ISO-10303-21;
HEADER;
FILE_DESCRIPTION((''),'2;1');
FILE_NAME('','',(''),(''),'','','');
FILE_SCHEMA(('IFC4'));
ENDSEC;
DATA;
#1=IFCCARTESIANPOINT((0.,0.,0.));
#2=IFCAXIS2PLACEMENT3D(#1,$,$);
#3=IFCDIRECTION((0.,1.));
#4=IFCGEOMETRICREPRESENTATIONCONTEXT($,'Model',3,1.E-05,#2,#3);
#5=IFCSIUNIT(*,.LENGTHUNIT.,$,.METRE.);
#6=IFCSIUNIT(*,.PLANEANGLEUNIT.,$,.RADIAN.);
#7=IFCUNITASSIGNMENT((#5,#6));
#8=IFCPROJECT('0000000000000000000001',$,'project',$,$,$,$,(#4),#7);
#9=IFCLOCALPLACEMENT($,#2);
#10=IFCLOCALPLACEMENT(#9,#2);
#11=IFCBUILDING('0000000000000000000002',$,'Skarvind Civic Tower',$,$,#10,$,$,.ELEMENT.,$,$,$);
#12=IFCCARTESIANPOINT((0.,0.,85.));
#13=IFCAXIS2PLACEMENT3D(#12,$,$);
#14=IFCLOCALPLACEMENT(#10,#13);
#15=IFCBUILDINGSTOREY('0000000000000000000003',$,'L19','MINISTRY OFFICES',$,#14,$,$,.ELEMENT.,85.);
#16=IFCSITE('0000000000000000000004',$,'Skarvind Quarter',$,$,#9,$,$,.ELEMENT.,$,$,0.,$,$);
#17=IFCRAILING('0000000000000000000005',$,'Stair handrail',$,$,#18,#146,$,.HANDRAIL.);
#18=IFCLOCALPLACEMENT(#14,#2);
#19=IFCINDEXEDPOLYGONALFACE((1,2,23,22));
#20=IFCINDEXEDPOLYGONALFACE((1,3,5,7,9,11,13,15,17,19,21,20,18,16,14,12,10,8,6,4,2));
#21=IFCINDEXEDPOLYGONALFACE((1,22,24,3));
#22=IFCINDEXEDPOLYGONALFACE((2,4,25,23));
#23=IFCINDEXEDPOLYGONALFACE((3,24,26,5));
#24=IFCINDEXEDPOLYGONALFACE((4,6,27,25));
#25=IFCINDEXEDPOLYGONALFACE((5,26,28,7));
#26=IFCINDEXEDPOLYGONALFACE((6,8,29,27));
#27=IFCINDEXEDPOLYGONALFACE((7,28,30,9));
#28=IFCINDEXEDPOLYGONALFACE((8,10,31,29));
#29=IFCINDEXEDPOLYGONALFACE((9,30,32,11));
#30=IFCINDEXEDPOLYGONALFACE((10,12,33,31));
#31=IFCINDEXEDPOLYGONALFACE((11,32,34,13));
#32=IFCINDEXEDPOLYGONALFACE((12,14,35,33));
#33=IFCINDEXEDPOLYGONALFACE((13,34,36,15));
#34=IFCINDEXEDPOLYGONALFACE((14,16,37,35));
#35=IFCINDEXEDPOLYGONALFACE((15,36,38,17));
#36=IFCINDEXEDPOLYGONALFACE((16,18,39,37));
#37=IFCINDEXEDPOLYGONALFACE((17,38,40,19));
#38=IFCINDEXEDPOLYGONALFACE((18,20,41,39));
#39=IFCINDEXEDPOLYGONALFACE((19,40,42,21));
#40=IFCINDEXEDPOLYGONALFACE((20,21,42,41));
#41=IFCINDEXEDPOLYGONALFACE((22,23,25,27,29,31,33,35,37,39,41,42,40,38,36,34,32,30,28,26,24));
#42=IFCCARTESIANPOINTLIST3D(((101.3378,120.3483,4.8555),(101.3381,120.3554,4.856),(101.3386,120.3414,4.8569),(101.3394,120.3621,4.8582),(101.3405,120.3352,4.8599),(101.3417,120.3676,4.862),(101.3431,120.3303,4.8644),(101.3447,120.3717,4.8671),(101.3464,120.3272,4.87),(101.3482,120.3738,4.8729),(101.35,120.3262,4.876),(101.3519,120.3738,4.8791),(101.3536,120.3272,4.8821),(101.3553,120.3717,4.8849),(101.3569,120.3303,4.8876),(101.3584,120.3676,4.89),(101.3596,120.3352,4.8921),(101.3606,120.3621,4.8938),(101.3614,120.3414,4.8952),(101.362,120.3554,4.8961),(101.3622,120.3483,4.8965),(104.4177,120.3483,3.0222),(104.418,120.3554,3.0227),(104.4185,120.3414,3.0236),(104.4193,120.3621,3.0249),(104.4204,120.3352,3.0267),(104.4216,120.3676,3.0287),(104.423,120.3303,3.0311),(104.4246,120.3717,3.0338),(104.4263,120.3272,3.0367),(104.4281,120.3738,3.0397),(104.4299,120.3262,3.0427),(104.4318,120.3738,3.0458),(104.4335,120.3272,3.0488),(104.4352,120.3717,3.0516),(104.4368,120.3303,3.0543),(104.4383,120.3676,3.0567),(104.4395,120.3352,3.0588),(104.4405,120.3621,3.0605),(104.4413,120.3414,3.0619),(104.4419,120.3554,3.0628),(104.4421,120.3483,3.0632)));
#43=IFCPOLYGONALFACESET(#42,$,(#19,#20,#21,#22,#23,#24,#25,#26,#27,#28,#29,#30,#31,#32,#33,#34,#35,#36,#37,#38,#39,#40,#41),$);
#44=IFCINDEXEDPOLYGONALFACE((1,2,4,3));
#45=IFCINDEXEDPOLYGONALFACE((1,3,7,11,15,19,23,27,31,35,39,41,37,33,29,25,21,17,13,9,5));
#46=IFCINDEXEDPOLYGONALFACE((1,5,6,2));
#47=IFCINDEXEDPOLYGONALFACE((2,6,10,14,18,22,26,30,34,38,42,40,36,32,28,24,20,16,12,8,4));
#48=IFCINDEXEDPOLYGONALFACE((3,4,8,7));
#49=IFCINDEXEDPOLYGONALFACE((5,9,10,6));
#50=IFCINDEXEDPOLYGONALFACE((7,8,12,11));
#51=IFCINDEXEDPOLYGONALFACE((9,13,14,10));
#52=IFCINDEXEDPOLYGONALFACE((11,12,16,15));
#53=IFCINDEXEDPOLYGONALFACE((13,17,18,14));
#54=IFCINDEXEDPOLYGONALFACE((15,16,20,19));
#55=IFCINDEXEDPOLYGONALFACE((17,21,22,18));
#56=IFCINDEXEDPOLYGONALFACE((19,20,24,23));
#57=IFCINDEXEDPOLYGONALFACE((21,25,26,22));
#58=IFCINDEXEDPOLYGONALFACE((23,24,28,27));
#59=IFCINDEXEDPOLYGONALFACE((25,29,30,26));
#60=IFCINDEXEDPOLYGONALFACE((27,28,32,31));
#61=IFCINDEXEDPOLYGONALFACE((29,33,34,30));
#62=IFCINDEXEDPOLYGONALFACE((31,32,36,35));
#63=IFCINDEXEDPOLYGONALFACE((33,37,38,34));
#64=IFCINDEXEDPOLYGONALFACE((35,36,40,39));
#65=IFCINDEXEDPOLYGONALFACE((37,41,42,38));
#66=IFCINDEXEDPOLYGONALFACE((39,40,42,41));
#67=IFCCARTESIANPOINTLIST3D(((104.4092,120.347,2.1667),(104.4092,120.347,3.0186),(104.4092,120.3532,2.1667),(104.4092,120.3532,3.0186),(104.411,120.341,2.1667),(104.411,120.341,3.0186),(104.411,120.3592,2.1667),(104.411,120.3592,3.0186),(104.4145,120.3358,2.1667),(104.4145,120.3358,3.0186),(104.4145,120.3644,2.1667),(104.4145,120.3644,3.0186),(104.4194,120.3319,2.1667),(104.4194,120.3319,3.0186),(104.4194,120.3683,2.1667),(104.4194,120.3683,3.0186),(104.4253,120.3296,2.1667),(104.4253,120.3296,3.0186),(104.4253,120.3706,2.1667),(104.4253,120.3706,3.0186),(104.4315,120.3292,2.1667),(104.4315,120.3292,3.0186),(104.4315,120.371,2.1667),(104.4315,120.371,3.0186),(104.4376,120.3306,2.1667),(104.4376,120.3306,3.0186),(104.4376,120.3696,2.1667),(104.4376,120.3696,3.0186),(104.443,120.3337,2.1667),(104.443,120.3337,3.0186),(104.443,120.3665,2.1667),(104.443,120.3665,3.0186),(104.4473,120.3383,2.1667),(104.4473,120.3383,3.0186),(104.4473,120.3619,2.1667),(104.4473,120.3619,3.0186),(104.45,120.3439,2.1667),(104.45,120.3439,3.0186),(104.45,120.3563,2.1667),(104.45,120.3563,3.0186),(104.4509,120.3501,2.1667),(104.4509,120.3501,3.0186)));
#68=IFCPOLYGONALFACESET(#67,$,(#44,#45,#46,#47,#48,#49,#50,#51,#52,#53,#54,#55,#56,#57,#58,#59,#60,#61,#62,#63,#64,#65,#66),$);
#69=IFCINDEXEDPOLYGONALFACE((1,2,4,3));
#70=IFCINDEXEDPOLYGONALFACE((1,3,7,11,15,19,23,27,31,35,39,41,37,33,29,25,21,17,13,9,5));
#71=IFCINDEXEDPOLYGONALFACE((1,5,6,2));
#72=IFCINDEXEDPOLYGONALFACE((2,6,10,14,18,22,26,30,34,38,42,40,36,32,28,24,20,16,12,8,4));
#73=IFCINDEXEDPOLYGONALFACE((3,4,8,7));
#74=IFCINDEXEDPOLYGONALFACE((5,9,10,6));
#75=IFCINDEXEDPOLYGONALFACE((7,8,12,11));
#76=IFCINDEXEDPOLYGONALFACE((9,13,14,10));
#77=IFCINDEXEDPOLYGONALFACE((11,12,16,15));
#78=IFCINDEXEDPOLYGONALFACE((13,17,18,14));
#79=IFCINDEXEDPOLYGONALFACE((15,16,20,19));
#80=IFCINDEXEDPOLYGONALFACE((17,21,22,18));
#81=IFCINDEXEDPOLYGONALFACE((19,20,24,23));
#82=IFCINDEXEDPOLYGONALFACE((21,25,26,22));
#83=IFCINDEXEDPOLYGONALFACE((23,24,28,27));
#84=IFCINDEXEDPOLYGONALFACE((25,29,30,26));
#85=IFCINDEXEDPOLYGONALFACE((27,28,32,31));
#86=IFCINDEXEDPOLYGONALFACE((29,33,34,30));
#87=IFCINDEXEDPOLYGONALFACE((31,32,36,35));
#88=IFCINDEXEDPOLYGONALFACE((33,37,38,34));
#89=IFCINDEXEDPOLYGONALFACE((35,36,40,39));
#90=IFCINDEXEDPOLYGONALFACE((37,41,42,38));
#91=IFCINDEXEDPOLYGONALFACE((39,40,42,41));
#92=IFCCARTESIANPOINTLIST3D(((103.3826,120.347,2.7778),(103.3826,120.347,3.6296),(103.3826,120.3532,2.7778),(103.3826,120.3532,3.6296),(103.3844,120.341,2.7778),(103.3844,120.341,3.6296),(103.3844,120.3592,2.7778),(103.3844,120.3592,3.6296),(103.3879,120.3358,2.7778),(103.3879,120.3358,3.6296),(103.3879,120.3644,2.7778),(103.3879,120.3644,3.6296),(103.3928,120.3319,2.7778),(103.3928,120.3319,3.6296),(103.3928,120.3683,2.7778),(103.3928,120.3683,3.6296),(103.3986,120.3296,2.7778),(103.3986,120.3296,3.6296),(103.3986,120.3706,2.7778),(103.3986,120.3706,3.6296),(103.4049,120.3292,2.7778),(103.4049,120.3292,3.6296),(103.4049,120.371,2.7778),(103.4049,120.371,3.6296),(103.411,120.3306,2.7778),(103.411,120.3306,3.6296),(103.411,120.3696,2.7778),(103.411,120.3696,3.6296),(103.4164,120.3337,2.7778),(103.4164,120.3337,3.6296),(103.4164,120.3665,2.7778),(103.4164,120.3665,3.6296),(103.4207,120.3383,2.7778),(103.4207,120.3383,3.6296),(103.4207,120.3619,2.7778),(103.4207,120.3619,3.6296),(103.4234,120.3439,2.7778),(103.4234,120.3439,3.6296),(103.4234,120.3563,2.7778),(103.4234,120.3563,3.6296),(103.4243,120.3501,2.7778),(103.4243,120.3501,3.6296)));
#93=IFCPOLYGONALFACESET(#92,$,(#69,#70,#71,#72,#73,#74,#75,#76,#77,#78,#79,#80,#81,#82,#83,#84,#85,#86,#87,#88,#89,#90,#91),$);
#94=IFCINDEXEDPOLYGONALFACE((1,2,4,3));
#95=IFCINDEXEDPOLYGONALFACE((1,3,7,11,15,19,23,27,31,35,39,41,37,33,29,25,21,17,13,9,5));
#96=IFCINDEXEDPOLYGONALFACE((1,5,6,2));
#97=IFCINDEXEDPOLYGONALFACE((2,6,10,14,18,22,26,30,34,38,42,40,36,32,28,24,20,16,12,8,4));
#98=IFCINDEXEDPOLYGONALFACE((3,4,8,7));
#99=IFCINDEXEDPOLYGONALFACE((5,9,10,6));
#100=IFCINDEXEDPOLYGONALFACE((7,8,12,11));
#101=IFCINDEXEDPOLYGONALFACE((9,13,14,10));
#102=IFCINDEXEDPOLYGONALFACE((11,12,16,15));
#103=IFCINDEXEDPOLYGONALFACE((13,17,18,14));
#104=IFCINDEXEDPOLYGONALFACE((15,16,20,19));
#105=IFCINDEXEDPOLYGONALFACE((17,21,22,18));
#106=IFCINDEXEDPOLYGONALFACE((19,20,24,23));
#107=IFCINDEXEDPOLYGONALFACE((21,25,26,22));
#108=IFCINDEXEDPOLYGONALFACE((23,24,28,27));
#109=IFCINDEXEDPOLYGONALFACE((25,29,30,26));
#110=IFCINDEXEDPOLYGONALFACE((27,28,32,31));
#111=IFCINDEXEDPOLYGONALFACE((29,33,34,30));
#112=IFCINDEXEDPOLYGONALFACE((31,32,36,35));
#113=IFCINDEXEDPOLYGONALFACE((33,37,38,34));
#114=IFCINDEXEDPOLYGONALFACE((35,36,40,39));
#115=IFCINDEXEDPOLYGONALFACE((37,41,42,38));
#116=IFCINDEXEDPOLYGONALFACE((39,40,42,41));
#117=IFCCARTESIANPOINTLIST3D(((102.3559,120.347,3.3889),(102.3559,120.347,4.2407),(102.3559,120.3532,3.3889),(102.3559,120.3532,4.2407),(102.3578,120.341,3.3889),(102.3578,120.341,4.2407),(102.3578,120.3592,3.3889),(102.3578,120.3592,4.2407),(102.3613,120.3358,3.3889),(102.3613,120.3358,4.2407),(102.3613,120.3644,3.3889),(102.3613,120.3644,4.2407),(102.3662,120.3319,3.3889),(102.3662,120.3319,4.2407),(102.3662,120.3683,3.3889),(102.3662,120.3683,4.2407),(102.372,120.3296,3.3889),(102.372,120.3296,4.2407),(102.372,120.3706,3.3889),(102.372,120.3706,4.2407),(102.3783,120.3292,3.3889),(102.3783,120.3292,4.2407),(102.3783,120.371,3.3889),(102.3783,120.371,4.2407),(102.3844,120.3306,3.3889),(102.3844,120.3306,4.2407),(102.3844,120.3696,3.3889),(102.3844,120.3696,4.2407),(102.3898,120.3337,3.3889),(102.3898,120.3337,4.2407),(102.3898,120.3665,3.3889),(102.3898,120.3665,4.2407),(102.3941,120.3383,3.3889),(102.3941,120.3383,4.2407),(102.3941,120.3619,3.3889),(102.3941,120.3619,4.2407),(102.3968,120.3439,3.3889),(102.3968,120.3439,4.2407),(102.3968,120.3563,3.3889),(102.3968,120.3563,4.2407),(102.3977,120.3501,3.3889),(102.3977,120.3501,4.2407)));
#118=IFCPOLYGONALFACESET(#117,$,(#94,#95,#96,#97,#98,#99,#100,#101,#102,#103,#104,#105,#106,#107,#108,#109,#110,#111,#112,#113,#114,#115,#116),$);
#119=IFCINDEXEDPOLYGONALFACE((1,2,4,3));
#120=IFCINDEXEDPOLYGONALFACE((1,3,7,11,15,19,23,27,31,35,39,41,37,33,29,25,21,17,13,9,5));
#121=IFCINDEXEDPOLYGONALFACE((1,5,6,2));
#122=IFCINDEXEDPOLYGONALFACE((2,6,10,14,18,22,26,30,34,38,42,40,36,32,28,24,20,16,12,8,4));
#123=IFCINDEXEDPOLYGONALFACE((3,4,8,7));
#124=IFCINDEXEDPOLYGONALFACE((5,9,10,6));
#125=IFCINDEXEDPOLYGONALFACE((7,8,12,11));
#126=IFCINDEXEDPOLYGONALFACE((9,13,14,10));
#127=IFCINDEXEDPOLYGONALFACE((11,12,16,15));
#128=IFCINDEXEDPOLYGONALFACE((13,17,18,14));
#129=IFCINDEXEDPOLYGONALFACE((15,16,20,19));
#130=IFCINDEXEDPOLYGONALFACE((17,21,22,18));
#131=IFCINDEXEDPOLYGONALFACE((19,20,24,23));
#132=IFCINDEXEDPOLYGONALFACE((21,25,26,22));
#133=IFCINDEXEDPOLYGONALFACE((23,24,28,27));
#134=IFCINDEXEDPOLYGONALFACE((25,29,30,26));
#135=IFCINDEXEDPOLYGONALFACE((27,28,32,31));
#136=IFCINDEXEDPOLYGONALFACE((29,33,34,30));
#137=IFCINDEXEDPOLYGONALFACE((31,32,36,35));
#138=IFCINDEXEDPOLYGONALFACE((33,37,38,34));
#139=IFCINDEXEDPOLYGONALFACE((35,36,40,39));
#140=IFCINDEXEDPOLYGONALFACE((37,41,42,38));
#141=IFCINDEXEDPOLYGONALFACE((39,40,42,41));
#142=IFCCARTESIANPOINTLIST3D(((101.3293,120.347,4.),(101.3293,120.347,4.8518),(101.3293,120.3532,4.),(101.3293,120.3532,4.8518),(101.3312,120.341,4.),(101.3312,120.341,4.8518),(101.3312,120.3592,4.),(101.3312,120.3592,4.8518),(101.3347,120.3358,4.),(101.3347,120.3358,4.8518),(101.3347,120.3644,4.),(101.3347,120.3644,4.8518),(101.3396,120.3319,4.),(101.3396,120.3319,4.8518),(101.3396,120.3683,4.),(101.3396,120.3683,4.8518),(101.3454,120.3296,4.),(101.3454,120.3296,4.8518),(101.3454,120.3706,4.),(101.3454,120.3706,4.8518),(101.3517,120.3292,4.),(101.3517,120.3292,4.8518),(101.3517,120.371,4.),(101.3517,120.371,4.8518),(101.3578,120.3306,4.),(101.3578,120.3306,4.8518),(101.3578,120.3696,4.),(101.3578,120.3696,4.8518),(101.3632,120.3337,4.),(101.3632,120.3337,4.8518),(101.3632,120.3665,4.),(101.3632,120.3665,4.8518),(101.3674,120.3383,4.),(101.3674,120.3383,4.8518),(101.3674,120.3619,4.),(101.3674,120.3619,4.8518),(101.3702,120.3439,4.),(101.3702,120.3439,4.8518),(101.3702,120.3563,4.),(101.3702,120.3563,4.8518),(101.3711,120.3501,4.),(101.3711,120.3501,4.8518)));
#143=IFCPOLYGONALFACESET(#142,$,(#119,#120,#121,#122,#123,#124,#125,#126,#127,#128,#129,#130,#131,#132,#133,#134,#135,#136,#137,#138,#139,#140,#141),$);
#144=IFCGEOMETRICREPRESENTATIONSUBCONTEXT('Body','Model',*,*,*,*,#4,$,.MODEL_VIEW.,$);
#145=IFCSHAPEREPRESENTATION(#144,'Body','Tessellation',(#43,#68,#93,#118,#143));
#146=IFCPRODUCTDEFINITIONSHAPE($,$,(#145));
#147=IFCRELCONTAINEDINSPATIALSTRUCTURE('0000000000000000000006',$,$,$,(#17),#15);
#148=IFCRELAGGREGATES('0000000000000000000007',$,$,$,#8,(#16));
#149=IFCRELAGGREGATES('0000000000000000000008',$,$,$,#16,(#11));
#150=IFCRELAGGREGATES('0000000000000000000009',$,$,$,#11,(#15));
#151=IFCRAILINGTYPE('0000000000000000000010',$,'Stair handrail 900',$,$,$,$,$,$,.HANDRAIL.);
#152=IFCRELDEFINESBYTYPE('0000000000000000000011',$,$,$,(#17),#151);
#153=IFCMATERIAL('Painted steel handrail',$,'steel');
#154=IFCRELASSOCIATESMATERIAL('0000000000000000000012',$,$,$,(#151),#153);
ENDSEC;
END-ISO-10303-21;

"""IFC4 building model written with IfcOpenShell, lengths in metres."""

from ifc_helpers import new_model, si_unit, direction, frame, origin, origin_2d, place, context, subcontext, project, spatial, circle, extrude, material, type_object, element, save


model = new_model("IFC4")

# Units and contexts
model_context = context("Model", 3, precision=1e-05, world=origin(), true_north=direction((0.0, 1.0)))
body_context = subcontext(model_context, "Body", "Model", "MODEL_VIEW")
ifc_project = project(units=[si_unit("LENGTHUNIT", "METRE"), si_unit("PLANEANGLEUNIT", "RADIAN")], contexts=[model_context])

# Site, building, storey
site_placement = place(None, origin())
site = spatial("IfcSite", under=ifc_project, at=site_placement, Name="Skarvind Quarter", CompositionType="ELEMENT", RefElevation=0.0)
building_placement = place(site_placement, origin())
building = spatial("IfcBuilding", under=site, at=building_placement, Name="Skarvind Civic Tower", CompositionType="ELEMENT")
storey_placement = place(building_placement, frame((0.0, 0.0, 85.0)))
storey = spatial("IfcBuildingStorey", under=building, at=storey_placement, Name="L19", Description="MINISTRY OFFICES", CompositionType="ELEMENT", Elevation=85.0)

# Railing
ifc_material_1 = material(Name="Painted steel handrail", Category="steel")
railing_type = type_object("IfcRailingType", Name="Stair handrail 900", PredefinedType="HANDRAIL", material=ifc_material_1)
railing_1_placement = place(storey_placement, frame((104.4299, 120.3501, 2.1667)))
element("IfcRailing", 1, at=railing_1_placement, inside=storey, type_object=railing_type, Name="Stair handrail", PredefinedType="HANDRAIL", context=body_context, shape_type="SweptSolid", body=[
    extrude(circle(Radius=0.0239, at=origin_2d()), frame((0.0, 0.0, 0.876), z_axis=(-0.859291, 0.0, 0.511487), x_axis=(0.0, -1.0, 0.0)), (0.0, 0.0, 1.0), 3.5842),
    extrude(circle(Radius=0.021, at=origin_2d()), origin(), (0.0, 0.0, 1.0), 0.8518),
    extrude(circle(Radius=0.021, at=origin_2d()), frame((-1.0266, 0.0, 0.6111)), (0.0, 0.0, 1.0), 0.8518),
    extrude(circle(Radius=0.021, at=origin_2d()), frame((-2.0532, 0.0, 1.2222)), (0.0, 0.0, 1.0), 0.8518),
    extrude(circle(Radius=0.021, at=origin_2d()), frame((-3.0798, 0.0, 1.8333)), (0.0, 0.0, 1.0), 0.8518),
])

save(model, "model.ifc")
